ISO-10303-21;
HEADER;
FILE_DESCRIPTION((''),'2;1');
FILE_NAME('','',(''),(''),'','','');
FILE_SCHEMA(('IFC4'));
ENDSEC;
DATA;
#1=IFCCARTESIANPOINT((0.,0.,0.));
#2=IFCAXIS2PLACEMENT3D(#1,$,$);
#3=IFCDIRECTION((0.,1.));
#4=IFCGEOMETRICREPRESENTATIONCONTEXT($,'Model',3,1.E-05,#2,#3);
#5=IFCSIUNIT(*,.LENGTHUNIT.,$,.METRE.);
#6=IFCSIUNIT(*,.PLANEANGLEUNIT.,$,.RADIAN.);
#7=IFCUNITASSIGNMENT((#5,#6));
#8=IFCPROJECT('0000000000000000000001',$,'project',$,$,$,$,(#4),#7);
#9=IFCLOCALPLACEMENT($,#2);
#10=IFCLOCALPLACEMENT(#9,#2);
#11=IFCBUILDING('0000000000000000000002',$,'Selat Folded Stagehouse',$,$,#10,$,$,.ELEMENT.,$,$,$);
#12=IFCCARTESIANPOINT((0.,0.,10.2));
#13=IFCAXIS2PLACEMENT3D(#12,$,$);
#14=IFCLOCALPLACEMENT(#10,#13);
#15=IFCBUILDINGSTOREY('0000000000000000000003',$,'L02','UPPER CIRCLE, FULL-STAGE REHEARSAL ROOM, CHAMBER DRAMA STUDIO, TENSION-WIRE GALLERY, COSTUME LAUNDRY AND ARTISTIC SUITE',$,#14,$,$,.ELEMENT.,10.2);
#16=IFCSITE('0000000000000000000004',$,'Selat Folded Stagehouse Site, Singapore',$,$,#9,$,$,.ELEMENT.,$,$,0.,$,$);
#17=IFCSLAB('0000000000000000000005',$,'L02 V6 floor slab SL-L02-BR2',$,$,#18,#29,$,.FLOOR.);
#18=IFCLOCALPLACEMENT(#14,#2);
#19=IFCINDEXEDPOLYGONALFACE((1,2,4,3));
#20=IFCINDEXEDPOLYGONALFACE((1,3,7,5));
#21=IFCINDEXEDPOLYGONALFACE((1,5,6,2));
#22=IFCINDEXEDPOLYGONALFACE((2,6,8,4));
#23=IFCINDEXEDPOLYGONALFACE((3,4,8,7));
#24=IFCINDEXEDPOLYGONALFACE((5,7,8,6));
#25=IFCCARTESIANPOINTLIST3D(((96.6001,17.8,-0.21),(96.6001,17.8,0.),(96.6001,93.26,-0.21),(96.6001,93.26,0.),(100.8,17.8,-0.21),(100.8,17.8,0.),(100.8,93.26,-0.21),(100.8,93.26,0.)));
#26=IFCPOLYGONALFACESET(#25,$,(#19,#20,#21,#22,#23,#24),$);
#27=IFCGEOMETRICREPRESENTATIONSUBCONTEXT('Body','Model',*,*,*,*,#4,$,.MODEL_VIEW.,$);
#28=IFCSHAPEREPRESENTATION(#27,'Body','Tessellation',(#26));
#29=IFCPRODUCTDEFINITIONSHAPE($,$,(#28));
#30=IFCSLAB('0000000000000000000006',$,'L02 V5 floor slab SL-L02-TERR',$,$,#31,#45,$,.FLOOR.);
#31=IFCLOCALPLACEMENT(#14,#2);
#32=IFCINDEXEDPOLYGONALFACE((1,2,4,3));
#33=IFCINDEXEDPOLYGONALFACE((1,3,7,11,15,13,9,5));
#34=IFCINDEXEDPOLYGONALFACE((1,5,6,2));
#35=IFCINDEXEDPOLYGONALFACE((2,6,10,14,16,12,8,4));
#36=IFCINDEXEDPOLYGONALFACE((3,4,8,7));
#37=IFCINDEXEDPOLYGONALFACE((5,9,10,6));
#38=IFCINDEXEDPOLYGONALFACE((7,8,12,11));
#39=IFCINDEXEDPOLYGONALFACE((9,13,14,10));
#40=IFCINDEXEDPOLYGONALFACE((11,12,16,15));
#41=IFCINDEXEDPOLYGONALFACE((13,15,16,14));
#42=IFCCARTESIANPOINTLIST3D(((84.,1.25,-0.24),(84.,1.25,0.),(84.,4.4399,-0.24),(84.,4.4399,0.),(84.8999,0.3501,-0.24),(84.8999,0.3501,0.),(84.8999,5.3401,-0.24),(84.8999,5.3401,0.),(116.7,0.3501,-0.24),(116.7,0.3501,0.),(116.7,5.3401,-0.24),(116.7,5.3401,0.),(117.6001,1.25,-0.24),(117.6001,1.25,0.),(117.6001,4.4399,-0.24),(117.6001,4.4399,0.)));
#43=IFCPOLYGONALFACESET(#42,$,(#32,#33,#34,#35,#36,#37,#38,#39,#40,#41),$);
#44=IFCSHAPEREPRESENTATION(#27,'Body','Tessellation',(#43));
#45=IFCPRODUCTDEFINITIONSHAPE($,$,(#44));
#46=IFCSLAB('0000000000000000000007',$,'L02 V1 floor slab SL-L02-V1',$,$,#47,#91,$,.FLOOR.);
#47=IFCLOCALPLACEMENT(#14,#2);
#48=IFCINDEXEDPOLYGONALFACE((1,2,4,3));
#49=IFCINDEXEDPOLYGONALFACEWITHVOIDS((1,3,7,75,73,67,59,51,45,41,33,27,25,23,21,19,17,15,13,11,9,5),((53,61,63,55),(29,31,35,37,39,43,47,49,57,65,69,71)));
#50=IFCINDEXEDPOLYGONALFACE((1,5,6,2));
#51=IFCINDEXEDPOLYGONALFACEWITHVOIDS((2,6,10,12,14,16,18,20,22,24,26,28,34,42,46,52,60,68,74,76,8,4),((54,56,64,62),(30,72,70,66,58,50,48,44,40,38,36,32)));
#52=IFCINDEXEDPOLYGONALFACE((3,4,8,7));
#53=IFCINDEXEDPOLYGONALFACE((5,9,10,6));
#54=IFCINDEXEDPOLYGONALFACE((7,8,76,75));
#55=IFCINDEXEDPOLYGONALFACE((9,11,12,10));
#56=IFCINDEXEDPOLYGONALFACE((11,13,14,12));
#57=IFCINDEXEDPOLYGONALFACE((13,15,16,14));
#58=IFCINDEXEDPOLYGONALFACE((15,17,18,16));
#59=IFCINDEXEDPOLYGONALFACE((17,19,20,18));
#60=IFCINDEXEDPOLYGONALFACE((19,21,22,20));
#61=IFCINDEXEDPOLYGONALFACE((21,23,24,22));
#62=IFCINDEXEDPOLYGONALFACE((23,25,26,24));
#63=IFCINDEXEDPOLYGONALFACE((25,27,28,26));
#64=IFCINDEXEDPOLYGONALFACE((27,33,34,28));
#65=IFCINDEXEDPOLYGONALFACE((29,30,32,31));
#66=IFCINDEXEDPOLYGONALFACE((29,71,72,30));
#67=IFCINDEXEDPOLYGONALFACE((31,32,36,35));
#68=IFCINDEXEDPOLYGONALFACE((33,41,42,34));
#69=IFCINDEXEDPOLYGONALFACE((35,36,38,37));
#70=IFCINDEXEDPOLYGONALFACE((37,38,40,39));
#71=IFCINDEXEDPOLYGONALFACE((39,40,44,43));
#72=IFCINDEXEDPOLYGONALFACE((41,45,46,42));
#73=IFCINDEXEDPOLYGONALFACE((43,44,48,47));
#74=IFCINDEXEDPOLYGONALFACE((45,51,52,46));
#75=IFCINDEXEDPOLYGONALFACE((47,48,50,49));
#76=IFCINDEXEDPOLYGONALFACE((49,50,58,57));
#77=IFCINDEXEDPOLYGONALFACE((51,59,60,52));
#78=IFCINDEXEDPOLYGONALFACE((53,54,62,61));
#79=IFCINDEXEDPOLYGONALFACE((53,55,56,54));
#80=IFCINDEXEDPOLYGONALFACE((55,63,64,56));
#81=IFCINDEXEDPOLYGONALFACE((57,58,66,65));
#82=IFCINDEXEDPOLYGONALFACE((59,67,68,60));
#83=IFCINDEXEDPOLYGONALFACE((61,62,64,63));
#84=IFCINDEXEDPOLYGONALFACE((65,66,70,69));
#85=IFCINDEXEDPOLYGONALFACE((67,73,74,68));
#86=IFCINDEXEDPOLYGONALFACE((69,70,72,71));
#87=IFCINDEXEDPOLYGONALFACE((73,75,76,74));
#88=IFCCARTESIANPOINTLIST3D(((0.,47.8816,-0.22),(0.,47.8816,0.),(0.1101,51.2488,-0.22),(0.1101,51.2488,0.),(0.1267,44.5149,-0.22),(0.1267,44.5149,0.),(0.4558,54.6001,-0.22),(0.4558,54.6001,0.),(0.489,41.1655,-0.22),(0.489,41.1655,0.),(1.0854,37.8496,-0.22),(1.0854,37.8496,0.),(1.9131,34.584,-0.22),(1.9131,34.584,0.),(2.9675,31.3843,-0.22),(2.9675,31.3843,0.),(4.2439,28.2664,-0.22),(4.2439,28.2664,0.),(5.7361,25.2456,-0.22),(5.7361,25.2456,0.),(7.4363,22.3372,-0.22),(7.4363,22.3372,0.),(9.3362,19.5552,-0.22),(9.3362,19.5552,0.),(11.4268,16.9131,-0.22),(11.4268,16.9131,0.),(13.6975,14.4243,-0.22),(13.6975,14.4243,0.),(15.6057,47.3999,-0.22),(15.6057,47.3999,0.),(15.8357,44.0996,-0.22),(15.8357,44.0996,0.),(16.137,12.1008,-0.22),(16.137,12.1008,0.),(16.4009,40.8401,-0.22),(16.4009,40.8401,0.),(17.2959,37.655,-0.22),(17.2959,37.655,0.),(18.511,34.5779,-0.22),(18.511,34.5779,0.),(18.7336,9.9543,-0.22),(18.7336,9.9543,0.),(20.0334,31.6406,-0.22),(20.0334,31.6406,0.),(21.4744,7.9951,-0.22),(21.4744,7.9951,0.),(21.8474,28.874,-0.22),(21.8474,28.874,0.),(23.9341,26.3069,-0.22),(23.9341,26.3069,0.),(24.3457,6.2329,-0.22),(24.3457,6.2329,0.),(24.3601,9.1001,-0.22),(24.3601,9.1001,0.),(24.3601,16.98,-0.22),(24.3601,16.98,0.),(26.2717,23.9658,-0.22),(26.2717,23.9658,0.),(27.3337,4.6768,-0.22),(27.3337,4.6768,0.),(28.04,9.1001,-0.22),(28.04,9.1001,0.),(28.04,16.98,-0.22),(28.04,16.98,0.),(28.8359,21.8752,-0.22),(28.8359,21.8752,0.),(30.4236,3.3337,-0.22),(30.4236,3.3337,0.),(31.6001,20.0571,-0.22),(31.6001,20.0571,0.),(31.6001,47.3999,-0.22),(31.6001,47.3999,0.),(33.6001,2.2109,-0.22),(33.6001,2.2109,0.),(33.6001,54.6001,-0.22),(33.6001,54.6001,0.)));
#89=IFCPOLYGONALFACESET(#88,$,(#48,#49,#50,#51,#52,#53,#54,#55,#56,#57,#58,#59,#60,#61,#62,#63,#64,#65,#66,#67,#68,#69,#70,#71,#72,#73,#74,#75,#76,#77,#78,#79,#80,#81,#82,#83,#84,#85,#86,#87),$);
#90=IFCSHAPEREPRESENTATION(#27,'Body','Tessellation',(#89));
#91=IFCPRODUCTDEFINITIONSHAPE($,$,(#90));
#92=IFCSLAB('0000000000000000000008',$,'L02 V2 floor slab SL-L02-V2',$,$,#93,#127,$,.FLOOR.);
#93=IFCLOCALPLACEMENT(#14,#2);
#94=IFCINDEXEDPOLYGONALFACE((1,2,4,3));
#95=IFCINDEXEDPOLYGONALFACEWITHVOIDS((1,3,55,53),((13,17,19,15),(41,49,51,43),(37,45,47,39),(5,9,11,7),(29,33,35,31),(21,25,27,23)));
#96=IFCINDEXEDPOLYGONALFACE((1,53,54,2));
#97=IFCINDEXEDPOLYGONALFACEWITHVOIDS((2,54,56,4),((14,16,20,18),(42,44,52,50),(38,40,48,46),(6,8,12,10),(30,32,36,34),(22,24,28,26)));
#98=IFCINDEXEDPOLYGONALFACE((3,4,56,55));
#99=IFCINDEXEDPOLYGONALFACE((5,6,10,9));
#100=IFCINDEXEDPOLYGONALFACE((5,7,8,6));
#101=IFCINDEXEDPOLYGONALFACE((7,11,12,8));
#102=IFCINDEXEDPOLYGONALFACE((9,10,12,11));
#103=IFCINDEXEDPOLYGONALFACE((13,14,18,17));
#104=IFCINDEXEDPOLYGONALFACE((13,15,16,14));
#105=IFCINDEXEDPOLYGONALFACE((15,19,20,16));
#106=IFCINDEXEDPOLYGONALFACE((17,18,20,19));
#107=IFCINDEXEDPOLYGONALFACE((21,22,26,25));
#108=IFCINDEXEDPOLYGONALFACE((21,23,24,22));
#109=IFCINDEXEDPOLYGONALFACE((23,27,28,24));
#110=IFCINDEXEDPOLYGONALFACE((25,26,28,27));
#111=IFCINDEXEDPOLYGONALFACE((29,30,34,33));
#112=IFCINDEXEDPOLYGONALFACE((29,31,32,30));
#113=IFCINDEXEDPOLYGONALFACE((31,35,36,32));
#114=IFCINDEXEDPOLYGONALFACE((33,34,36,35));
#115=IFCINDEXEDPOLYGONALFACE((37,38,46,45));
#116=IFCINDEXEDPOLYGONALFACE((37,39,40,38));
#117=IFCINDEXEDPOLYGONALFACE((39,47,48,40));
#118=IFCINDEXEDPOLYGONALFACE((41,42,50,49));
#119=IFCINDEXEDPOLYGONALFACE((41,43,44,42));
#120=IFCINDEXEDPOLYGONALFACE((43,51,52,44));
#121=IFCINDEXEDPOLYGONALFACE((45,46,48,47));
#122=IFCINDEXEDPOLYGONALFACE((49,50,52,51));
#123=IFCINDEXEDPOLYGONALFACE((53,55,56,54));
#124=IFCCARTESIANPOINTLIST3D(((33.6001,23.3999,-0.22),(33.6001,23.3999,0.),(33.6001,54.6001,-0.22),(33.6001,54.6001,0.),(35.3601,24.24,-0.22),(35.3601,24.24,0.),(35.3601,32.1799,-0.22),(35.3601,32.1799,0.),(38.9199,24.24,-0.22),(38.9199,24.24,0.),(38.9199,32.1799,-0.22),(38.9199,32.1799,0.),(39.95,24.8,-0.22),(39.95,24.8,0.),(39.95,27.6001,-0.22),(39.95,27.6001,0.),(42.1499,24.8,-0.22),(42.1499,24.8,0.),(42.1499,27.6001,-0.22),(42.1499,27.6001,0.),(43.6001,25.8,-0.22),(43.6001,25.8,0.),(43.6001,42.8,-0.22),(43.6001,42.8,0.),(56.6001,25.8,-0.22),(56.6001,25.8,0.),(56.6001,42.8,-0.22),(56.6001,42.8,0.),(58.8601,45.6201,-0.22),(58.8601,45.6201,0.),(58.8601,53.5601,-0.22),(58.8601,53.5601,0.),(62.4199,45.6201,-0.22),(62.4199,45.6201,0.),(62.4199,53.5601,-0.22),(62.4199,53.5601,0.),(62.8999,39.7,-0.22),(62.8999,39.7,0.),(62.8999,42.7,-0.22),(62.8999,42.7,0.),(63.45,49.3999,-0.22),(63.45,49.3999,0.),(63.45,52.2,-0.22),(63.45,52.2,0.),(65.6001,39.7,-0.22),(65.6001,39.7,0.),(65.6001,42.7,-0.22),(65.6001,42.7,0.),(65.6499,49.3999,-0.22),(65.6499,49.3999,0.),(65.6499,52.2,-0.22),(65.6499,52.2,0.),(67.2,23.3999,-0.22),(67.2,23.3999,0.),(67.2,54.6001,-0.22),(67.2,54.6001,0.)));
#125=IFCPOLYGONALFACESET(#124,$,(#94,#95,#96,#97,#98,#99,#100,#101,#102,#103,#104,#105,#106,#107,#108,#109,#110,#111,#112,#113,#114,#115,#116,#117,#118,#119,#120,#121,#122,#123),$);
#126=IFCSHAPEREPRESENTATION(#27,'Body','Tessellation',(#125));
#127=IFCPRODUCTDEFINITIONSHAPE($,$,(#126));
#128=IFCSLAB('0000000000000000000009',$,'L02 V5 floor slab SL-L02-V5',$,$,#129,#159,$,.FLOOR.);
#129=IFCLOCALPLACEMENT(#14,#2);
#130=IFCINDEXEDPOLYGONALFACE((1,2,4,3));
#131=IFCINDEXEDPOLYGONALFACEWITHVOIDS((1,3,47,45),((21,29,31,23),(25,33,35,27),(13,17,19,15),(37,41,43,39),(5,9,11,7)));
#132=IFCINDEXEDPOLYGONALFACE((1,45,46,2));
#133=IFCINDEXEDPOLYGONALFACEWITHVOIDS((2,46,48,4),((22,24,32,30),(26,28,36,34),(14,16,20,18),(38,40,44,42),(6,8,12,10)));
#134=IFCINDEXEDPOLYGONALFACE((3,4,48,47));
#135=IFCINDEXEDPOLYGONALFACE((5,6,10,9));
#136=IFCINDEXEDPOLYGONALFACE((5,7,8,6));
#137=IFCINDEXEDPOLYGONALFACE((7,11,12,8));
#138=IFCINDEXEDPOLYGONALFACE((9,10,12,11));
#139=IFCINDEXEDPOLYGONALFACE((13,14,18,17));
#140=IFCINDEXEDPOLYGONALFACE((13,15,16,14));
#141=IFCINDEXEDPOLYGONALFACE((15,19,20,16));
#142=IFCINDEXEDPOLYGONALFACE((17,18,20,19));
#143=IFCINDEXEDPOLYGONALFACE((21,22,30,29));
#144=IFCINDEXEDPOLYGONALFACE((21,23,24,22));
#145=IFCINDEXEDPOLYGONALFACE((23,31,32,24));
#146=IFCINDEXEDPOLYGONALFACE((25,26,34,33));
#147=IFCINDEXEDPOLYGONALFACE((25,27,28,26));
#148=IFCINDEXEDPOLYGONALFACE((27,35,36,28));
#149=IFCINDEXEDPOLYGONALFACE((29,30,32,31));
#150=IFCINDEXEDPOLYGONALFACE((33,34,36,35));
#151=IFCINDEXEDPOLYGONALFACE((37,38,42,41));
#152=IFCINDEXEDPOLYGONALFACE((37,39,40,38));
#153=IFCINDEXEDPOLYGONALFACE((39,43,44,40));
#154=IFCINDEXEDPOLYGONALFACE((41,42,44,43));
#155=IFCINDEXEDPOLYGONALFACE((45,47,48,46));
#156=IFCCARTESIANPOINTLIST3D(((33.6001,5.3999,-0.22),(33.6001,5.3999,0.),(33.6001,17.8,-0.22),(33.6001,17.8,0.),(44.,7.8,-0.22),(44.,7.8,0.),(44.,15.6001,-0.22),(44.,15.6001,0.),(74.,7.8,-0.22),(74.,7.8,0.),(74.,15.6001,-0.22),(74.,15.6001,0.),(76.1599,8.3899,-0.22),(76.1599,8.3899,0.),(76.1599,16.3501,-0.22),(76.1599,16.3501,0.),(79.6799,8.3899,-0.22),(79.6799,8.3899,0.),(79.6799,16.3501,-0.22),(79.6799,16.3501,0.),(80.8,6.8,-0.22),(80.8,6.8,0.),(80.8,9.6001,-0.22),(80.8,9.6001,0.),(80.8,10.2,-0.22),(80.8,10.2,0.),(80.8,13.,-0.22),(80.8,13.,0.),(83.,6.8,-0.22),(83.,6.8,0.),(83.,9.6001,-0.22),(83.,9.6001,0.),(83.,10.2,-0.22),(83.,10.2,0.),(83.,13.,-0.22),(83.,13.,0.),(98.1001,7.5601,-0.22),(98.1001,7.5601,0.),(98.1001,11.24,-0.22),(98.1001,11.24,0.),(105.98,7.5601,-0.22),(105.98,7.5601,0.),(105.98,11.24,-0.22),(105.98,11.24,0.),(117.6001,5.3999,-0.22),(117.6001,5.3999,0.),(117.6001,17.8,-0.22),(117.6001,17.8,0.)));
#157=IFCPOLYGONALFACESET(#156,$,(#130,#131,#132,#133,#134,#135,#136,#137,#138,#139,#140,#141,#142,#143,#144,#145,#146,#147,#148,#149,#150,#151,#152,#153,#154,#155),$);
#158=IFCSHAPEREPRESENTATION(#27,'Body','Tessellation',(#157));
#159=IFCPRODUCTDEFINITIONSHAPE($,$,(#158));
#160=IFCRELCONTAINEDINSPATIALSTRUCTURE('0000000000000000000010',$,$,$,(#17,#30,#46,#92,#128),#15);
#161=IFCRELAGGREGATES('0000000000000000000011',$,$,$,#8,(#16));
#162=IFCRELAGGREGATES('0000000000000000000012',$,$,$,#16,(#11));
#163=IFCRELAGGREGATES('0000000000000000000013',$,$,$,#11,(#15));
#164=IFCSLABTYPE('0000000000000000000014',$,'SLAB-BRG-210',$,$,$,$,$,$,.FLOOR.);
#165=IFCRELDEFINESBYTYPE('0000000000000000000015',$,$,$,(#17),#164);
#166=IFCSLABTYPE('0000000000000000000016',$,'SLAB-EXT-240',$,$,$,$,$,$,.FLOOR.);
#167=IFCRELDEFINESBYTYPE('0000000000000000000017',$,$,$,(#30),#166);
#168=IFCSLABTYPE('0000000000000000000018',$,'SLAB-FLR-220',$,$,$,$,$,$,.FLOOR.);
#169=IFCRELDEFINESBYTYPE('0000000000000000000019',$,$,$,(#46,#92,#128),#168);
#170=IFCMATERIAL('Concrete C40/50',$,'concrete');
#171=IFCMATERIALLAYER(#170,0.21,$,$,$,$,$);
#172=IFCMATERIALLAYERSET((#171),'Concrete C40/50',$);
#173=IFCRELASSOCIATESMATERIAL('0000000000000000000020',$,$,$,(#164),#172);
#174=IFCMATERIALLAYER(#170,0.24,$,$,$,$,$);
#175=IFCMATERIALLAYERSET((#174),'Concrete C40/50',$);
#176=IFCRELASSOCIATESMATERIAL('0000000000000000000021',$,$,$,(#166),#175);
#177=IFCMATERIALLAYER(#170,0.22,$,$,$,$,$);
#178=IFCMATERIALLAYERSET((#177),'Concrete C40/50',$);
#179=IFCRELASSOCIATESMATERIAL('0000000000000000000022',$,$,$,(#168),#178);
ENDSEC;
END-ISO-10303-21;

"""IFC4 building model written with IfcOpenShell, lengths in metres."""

from ifc_helpers import new_model, si_unit, direction, frame, origin, place, context, subcontext, project, spatial, polyline, outline, extrude, material, layer, layer_set, type_object, element, save


model = new_model("IFC4")

# Units and contexts
model_context = context("Model", 3, precision=1e-05, world=origin(), true_north=direction((0.0, 1.0)))
body_context = subcontext(model_context, "Body", "Model", "MODEL_VIEW")
ifc_project = project(units=[si_unit("LENGTHUNIT", "METRE"), si_unit("PLANEANGLEUNIT", "RADIAN")], contexts=[model_context])

# Site, building, storey
site_placement = place(None, origin())
site = spatial("IfcSite", under=ifc_project, at=site_placement, Name="Selat Folded Stagehouse Site, Singapore", CompositionType="ELEMENT", RefElevation=0.0)
building_placement = place(site_placement, origin())
building = spatial("IfcBuilding", under=site, at=building_placement, Name="Selat Folded Stagehouse", CompositionType="ELEMENT")
storey_placement = place(building_placement, frame((0.0, 0.0, 10.2)))
storey = spatial("IfcBuildingStorey", under=building, at=storey_placement, Name="L02", Description="UPPER CIRCLE, FULL-STAGE REHEARSAL ROOM, CHAMBER DRAMA STUDIO, TENSION-WIRE GALLERY, COSTUME LAUNDRY AND ARTISTIC SUITE", CompositionType="ELEMENT", Elevation=10.2)

# Slabs
ifc_material_1 = material(Name="Concrete C40/50", Category="concrete")
ifc_layer_1 = layer(ifc_material_1, 0.21)
ifc_layer_set_1 = layer_set([ifc_layer_1], Name="Concrete C40/50")
slab_type_1 = type_object("IfcSlabType", Name="SLAB-BRG-210", PredefinedType="FLOOR", material=ifc_layer_set_1)
slab_1_placement = place(storey_placement, frame((0.0, 0.0, -0.21)))
element("IfcSlab", 1, at=slab_1_placement, inside=storey, type_object=slab_type_1, Name="L02 V6 floor slab SL-L02-BR2", PredefinedType="FLOOR", context=body_context, shape_type="SweptSolid", body=[
    extrude(outline(polyline([(96.6001, 17.8), (100.8, 17.8), (100.8, 93.26), (96.6001, 93.26), (96.6001, 17.8)])), origin(), (0.0, 0.0, 1.0), 0.21),
])
ifc_layer_2 = layer(ifc_material_1, 0.24)
ifc_layer_set_2 = layer_set([ifc_layer_2], Name="Concrete C40/50")
slab_type_2 = type_object("IfcSlabType", Name="SLAB-EXT-240", PredefinedType="FLOOR", material=ifc_layer_set_2)
slab_2_placement = place(storey_placement, frame((0.0, 0.0, -0.24)))
element("IfcSlab", 2, at=slab_2_placement, inside=storey, type_object=slab_type_2, Name="L02 V5 floor slab SL-L02-TERR", PredefinedType="FLOOR", context=body_context, shape_type="SweptSolid", body=[
    extrude(outline(polyline([(84.8999, 0.3501), (116.7, 0.3501), (117.6001, 1.25), (117.6001, 4.4399), (116.7, 5.3401), (84.8999, 5.3401), (84.0, 4.4399), (84.0, 1.25), (84.8999, 0.3501)])), origin(), (0.0, 0.0, 1.0), 0.24),
])
ifc_layer_3 = layer(ifc_material_1, 0.22)
ifc_layer_set_3 = layer_set([ifc_layer_3], Name="Concrete C40/50")
slab_type_3 = type_object("IfcSlabType", Name="SLAB-FLR-220", PredefinedType="FLOOR", material=ifc_layer_set_3)
slab_3_placement = place(storey_placement, frame((0.0, 0.0, -0.22)))
element("IfcSlab", 3, at=slab_3_placement, inside=storey, type_object=slab_type_3, Name="L02 V1 floor slab SL-L02-V1", PredefinedType="FLOOR", context=body_context, shape_type="SweptSolid", body=[
    extrude(outline(polyline([(0.4558, 54.6001), (0.1101, 51.2488), (0.0, 47.8816), (0.1267, 44.5149), (0.489, 41.1655), (1.0854, 37.8496), (1.9131, 34.584), (2.9675, 31.3843), (4.2439, 28.2664), (5.7361, 25.2456), (7.4363, 22.3372), (9.3362, 19.5552), (11.4268, 16.9131), (13.6975, 14.4243), (16.137, 12.1008), (18.7336, 9.9543), (21.4744, 7.9951), (24.3457, 6.2329), (27.3337, 4.6768), (30.4236, 3.3337), (33.6001, 2.2109), (33.6001, 54.6001), (0.4558, 54.6001)]), holes=[polyline([(28.04, 9.1001), (24.3601, 9.1001), (24.3601, 16.98), (28.04, 16.98), (28.04, 9.1001)]), polyline([(31.6001, 20.0571), (28.8359, 21.8752), (26.2717, 23.9658), (23.9341, 26.3069), (21.8474, 28.874), (20.0334, 31.6406), (18.511, 34.5779), (17.2959, 37.655), (16.4009, 40.8401), (15.8357, 44.0996), (15.6057, 47.3999), (31.6001, 47.3999), (31.6001, 20.0571)])]), origin(), (0.0, 0.0, 1.0), 0.22),
])
slab_4_placement = place(storey_placement, frame((0.0, 0.0, -0.22)))
element("IfcSlab", 4, at=slab_4_placement, inside=storey, type_object=slab_type_3, Name="L02 V2 floor slab SL-L02-V2", PredefinedType="FLOOR", context=body_context, shape_type="SweptSolid", body=[
    extrude(outline(polyline([(33.6001, 23.3999), (67.2, 23.3999), (67.2, 54.6001), (33.6001, 54.6001), (33.6001, 23.3999)]), holes=[polyline([(39.95, 24.8), (39.95, 27.6001), (42.1499, 27.6001), (42.1499, 24.8), (39.95, 24.8)]), polyline([(35.3601, 32.1799), (38.9199, 32.1799), (38.9199, 24.24), (35.3601, 24.24), (35.3601, 32.1799)]), polyline([(43.6001, 25.8), (43.6001, 42.8), (56.6001, 42.8), (56.6001, 25.8), (43.6001, 25.8)]), polyline([(62.8999, 39.7), (62.8999, 42.7), (65.6001, 42.7), (65.6001, 39.7), (62.8999, 39.7)]), polyline([(58.8601, 53.5601), (62.4199, 53.5601), (62.4199, 45.6201), (58.8601, 45.6201), (58.8601, 53.5601)]), polyline([(63.45, 52.2), (65.6499, 52.2), (65.6499, 49.3999), (63.45, 49.3999), (63.45, 52.2)])]), origin(), (0.0, 0.0, 1.0), 0.22),
])
slab_5_placement = place(storey_placement, frame((0.0, 0.0, -0.22)))
element("IfcSlab", 5, at=slab_5_placement, inside=storey, type_object=slab_type_3, Name="L02 V5 floor slab SL-L02-V5", PredefinedType="FLOOR", context=body_context, shape_type="SweptSolid", body=[
    extrude(outline(polyline([(33.6001, 5.3999), (117.6001, 5.3999), (117.6001, 17.8), (33.6001, 17.8), (33.6001, 5.3999)]), holes=[polyline([(80.8, 6.8), (80.8, 9.6001), (83.0, 9.6001), (83.0, 6.8), (80.8, 6.8)]), polyline([(98.1001, 7.5601), (98.1001, 11.24), (105.98, 11.24), (105.98, 7.5601), (98.1001, 7.5601)]), polyline([(80.8, 10.2), (80.8, 13.0), (83.0, 13.0), (83.0, 10.2), (80.8, 10.2)]), polyline([(44.0, 7.8), (44.0, 15.6001), (74.0, 15.6001), (74.0, 7.8), (44.0, 7.8)]), polyline([(76.1599, 16.3501), (79.6799, 16.3501), (79.6799, 8.3899), (76.1599, 8.3899), (76.1599, 16.3501)])]), origin(), (0.0, 0.0, 1.0), 0.22),
])

save(model, "model.ifc")
